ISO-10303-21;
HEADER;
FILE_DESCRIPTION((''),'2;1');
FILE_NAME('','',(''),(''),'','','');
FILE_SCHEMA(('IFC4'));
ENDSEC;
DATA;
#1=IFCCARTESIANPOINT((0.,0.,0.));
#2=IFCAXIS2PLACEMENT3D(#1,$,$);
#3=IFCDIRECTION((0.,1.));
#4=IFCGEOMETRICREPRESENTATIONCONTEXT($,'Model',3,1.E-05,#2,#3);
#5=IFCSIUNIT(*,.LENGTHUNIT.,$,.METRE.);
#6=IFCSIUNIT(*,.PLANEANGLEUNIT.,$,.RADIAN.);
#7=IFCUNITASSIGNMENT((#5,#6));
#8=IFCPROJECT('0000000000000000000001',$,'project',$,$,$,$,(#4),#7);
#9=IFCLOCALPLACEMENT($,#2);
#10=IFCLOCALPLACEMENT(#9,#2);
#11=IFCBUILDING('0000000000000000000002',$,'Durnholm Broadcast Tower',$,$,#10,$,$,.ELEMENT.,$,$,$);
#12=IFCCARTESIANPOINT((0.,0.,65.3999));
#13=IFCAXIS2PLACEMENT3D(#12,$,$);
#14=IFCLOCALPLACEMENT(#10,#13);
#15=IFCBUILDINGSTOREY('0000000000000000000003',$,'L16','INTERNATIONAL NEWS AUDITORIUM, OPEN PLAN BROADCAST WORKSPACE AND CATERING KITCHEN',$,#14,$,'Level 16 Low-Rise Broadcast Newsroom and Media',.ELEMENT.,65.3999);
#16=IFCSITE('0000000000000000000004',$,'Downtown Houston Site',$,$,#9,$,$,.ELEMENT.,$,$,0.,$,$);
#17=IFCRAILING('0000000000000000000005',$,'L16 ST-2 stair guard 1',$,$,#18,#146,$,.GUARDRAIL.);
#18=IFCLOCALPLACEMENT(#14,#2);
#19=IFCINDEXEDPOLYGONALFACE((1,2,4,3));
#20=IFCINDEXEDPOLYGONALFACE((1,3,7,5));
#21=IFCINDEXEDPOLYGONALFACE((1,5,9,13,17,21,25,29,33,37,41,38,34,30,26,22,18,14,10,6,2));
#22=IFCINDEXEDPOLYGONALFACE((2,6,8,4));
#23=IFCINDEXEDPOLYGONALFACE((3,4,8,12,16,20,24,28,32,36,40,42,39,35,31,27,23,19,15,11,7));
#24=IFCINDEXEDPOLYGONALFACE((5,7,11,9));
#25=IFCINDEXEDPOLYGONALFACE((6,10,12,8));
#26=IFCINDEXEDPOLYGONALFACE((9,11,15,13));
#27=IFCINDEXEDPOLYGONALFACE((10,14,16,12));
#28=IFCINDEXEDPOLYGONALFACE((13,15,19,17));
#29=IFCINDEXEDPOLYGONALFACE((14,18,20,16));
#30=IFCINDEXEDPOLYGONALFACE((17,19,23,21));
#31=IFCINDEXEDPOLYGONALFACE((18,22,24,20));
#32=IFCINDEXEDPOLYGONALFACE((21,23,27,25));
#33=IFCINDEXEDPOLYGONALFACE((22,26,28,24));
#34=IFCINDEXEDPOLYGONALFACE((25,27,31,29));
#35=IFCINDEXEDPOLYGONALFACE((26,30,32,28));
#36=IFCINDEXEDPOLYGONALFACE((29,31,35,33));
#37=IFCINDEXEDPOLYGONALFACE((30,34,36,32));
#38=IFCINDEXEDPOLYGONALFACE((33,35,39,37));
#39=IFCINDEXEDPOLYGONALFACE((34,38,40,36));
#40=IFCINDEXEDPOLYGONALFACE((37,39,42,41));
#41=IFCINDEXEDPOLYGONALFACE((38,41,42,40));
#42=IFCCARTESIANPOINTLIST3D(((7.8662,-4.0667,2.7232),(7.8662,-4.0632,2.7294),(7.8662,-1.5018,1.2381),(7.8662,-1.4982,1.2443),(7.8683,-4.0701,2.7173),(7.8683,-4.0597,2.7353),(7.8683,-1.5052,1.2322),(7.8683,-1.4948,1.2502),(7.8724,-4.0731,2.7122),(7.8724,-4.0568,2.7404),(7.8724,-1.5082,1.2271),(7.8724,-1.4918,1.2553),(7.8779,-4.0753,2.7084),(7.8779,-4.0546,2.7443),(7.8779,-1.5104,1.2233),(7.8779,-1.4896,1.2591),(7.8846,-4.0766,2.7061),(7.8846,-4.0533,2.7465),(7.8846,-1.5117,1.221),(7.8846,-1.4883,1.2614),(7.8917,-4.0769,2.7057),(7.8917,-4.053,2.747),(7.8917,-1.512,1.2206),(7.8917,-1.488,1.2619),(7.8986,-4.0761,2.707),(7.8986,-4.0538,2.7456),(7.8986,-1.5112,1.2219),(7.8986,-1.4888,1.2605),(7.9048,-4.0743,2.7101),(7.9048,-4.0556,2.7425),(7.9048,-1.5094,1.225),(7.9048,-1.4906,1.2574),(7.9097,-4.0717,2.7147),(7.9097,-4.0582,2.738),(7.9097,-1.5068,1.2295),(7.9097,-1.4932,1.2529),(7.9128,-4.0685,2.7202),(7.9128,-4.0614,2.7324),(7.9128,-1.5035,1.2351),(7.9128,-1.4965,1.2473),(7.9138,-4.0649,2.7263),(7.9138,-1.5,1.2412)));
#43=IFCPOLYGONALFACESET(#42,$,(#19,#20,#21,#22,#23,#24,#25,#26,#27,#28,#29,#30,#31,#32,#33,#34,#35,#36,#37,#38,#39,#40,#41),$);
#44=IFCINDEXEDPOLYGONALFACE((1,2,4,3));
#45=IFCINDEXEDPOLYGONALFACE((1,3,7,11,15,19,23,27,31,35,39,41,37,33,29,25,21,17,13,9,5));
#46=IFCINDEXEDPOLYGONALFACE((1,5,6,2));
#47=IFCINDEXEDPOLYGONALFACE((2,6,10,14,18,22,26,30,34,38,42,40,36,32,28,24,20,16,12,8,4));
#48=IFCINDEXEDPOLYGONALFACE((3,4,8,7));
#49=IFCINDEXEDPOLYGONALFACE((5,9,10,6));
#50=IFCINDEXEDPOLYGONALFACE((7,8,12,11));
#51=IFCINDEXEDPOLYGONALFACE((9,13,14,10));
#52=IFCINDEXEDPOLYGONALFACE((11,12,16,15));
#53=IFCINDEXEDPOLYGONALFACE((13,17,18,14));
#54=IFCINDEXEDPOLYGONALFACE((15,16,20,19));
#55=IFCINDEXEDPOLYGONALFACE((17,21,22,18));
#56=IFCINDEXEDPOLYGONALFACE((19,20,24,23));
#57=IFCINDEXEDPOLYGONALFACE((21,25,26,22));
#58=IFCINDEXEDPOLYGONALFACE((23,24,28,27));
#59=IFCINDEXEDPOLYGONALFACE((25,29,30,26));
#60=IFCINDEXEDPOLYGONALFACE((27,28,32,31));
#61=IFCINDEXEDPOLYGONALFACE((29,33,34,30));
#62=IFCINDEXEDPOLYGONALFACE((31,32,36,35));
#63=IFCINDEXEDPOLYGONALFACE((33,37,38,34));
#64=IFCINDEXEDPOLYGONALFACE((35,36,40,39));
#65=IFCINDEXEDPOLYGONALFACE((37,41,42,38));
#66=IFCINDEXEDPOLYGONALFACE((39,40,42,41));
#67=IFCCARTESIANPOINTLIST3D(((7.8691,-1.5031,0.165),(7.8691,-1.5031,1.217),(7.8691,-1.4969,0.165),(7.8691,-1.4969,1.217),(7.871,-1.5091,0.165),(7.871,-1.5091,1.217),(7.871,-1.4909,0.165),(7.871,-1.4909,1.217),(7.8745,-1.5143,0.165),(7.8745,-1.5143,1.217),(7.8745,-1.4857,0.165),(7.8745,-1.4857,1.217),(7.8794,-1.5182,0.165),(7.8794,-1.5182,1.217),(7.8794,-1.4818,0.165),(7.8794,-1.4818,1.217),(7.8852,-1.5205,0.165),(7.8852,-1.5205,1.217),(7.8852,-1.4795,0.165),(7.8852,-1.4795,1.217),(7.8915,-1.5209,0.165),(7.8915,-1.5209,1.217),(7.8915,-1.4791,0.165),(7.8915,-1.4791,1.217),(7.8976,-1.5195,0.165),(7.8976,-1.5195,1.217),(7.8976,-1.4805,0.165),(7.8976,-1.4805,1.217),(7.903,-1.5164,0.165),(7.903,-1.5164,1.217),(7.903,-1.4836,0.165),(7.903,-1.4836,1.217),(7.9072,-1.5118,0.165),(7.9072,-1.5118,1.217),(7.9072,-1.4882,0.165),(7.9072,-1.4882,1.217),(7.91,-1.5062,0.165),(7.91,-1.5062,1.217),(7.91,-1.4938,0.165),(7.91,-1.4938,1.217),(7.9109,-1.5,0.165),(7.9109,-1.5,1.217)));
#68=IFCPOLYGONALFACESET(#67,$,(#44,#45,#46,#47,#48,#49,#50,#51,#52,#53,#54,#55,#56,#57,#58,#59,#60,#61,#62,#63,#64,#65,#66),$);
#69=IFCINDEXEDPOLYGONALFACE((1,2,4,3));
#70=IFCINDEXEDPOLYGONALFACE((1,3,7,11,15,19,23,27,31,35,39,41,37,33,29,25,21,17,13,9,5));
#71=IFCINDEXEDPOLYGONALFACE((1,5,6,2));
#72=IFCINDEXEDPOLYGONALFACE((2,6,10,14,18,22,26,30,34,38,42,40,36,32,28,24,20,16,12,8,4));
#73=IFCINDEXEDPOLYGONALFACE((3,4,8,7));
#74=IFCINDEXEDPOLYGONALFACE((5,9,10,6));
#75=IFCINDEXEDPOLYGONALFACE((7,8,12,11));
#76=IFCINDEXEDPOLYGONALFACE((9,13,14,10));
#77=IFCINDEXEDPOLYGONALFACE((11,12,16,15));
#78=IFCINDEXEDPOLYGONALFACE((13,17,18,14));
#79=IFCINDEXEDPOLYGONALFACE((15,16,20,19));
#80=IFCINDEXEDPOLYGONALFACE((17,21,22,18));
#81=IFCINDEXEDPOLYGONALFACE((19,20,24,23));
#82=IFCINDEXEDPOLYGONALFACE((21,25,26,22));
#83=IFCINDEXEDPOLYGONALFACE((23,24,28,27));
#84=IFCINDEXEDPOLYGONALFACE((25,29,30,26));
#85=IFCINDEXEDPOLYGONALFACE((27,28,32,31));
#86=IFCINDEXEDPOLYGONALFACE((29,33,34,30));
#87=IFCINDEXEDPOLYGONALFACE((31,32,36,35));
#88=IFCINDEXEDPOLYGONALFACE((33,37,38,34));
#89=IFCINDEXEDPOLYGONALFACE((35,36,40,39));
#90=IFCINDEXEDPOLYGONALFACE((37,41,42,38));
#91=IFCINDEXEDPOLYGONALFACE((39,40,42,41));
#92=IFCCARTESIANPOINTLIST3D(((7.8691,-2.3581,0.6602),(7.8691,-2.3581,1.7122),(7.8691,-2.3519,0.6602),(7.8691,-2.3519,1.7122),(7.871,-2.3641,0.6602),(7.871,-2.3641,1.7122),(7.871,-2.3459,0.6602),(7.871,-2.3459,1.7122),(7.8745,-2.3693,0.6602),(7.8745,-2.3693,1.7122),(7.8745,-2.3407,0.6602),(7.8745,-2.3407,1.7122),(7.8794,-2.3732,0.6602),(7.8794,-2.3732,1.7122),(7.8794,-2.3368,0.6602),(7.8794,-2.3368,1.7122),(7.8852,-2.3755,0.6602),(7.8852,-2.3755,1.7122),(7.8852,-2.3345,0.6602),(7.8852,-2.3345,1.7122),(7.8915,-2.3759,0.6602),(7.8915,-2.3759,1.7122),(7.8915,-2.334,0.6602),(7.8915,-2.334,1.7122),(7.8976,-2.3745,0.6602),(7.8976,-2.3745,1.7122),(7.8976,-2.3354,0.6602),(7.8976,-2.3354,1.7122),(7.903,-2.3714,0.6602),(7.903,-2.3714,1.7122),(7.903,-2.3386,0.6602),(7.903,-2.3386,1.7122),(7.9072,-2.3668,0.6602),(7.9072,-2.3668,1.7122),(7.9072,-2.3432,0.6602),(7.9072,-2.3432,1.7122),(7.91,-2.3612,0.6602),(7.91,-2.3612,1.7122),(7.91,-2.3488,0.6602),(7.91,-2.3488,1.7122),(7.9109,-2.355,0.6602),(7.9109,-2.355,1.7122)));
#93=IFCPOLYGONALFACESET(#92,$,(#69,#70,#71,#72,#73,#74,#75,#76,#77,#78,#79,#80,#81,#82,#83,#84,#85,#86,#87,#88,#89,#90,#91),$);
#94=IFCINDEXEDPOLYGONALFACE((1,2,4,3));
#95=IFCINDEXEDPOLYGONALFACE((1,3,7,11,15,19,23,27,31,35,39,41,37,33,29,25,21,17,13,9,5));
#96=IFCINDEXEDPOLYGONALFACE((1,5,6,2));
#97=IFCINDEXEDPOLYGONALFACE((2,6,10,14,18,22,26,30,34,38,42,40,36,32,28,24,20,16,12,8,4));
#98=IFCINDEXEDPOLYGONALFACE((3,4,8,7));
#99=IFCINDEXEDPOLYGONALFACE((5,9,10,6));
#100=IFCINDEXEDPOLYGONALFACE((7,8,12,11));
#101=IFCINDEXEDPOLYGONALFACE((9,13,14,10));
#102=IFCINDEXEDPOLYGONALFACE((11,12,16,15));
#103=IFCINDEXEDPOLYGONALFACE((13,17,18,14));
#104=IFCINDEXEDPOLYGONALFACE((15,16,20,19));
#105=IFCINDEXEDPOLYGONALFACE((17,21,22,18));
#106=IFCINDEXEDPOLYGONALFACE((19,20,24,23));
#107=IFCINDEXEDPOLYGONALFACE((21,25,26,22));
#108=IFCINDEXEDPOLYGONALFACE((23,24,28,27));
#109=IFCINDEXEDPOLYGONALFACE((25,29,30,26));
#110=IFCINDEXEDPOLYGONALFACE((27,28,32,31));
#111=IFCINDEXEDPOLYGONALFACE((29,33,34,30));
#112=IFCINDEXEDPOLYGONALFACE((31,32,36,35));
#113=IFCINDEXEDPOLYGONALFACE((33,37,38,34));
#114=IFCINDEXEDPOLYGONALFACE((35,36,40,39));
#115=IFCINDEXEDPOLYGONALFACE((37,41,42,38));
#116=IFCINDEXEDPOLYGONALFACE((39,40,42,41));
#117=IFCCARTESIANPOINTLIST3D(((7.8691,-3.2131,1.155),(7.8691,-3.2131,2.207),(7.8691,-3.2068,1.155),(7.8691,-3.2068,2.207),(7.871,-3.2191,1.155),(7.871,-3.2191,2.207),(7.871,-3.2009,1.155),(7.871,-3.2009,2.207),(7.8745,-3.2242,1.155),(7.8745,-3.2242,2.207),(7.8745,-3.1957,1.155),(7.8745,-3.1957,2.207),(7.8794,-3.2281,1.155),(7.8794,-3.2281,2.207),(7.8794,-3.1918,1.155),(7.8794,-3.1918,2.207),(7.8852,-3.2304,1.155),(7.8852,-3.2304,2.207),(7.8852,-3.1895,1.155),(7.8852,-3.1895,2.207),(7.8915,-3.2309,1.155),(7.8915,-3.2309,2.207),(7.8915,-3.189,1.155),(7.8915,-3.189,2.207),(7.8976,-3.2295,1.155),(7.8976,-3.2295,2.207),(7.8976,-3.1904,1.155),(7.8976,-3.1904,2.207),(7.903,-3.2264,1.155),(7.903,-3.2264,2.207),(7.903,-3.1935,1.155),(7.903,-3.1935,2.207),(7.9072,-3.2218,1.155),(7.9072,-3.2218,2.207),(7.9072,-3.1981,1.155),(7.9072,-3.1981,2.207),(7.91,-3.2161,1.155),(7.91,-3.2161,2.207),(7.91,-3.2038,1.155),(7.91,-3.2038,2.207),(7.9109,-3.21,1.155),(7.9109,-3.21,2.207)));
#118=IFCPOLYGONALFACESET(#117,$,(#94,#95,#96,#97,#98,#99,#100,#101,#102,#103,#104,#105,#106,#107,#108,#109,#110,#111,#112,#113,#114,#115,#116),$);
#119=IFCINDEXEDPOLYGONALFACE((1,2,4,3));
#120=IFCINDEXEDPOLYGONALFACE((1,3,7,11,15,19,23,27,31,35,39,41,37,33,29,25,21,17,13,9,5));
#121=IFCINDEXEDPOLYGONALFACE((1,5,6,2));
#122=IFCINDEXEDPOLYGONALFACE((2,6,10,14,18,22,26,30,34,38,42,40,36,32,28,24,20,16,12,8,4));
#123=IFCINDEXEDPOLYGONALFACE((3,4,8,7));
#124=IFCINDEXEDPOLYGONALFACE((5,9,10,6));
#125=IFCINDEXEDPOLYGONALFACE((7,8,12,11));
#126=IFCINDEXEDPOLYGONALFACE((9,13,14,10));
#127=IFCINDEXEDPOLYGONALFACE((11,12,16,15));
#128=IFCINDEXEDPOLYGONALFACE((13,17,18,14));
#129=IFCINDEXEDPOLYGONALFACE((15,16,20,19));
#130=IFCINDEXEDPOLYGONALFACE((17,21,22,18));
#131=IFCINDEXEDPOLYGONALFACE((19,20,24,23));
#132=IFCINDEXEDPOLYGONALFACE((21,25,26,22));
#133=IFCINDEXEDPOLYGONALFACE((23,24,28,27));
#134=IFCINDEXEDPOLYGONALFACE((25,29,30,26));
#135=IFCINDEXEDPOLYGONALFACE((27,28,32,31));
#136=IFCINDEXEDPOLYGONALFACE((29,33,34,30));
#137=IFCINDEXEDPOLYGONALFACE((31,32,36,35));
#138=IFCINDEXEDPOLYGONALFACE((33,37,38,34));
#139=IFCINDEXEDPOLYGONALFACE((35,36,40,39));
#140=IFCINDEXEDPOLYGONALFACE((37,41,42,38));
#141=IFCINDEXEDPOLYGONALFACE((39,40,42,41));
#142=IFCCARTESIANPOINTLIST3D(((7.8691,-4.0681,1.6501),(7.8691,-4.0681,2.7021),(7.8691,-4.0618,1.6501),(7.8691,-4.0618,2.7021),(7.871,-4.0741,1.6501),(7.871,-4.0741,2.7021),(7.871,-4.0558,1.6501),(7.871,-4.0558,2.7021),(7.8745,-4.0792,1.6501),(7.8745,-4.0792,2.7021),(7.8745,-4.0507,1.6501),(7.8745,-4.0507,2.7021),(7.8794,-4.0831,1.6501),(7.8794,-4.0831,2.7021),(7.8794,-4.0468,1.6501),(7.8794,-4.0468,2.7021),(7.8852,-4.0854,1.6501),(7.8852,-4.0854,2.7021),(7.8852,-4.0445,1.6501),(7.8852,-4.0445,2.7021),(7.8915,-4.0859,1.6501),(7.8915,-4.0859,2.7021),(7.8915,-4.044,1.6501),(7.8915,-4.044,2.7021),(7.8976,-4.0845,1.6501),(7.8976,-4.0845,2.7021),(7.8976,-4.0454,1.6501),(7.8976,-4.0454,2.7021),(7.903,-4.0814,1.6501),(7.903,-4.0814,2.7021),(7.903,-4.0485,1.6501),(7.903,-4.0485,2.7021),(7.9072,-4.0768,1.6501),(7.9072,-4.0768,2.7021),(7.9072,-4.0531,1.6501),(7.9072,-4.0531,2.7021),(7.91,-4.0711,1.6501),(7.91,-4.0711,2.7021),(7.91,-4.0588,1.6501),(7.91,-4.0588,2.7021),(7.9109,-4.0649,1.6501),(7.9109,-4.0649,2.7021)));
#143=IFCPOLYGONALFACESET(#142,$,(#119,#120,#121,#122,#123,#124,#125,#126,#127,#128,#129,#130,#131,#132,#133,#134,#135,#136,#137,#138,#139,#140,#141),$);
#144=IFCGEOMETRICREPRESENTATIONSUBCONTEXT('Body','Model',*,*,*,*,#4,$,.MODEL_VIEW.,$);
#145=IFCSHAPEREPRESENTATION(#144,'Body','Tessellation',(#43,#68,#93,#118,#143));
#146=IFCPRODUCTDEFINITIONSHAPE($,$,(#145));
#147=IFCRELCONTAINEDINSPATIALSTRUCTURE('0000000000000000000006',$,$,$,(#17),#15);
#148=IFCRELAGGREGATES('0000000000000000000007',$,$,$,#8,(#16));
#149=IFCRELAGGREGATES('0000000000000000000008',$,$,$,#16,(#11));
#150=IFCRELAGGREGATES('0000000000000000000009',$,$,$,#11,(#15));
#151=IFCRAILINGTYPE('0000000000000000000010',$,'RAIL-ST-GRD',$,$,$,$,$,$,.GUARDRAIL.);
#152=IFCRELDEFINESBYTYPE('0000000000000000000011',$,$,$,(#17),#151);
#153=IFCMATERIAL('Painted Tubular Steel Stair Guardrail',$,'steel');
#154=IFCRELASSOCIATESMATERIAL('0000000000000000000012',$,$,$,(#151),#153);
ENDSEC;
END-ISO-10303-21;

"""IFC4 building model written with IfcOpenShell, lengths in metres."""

from ifc_helpers import new_model, si_unit, direction, frame, origin, origin_2d, place, context, subcontext, project, spatial, circle, extrude, material, type_object, element, save


model = new_model("IFC4")

# Units and contexts
model_context = context("Model", 3, precision=1e-05, world=origin(), true_north=direction((0.0, 1.0)))
body_context = subcontext(model_context, "Body", "Model", "MODEL_VIEW")
ifc_project = project(units=[si_unit("LENGTHUNIT", "METRE"), si_unit("PLANEANGLEUNIT", "RADIAN")], contexts=[model_context])

# Site, building, storey
site_placement = place(None, origin())
site = spatial("IfcSite", under=ifc_project, at=site_placement, Name="Downtown Houston Site", CompositionType="ELEMENT", RefElevation=0.0)
building_placement = place(site_placement, origin())
building = spatial("IfcBuilding", under=site, at=building_placement, Name="Durnholm Broadcast Tower", CompositionType="ELEMENT")
storey_placement = place(building_placement, frame((0.0, 0.0, 65.3999)))
storey = spatial("IfcBuildingStorey", under=building, at=storey_placement, Name="L16", Description="INTERNATIONAL NEWS AUDITORIUM, OPEN PLAN BROADCAST WORKSPACE AND CATERING KITCHEN", LongName="Level 16 Low-Rise Broadcast Newsroom and Media", CompositionType="ELEMENT", Elevation=65.3999)

# Railing
ifc_material_1 = material(Name="Painted Tubular Steel Stair Guardrail", Category="steel")
railing_type_1 = type_object("IfcRailingType", Name="RAIL-ST-GRD", PredefinedType="GUARDRAIL", material=ifc_material_1)
railing_1_placement = place(storey_placement, frame((7.8899, -1.5, 0.165)))
element("IfcRailing", 1, at=railing_1_placement, inside=storey, type_object=railing_type_1, Name="L16 ST-2 stair guard 1", PredefinedType="GUARDRAIL", context=body_context, shape_type="SweptSolid", body=[
    extrude(circle(Radius=0.0239, at=origin_2d()), frame((0.0, 0.0, 1.0762), z_axis=(0.0, -0.865406, 0.501072), x_axis=(1.0, 0.0, 0.0)), (0.0, 0.0, 1.0), 2.9639),
    extrude(circle(Radius=0.021, at=origin_2d()), origin(), (0.0, 0.0, 1.0), 1.052),
    extrude(circle(Radius=0.021, at=origin_2d()), frame((0.0, -0.855, 0.4951)), (0.0, 0.0, 1.0), 1.052),
    extrude(circle(Radius=0.021, at=origin_2d()), frame((0.0, -1.71, 0.99)), (0.0, 0.0, 1.0), 1.052),
    extrude(circle(Radius=0.021, at=origin_2d()), frame((0.0, -2.5649, 1.4851)), (0.0, 0.0, 1.0), 1.052),
])

save(model, "model.ifc")
